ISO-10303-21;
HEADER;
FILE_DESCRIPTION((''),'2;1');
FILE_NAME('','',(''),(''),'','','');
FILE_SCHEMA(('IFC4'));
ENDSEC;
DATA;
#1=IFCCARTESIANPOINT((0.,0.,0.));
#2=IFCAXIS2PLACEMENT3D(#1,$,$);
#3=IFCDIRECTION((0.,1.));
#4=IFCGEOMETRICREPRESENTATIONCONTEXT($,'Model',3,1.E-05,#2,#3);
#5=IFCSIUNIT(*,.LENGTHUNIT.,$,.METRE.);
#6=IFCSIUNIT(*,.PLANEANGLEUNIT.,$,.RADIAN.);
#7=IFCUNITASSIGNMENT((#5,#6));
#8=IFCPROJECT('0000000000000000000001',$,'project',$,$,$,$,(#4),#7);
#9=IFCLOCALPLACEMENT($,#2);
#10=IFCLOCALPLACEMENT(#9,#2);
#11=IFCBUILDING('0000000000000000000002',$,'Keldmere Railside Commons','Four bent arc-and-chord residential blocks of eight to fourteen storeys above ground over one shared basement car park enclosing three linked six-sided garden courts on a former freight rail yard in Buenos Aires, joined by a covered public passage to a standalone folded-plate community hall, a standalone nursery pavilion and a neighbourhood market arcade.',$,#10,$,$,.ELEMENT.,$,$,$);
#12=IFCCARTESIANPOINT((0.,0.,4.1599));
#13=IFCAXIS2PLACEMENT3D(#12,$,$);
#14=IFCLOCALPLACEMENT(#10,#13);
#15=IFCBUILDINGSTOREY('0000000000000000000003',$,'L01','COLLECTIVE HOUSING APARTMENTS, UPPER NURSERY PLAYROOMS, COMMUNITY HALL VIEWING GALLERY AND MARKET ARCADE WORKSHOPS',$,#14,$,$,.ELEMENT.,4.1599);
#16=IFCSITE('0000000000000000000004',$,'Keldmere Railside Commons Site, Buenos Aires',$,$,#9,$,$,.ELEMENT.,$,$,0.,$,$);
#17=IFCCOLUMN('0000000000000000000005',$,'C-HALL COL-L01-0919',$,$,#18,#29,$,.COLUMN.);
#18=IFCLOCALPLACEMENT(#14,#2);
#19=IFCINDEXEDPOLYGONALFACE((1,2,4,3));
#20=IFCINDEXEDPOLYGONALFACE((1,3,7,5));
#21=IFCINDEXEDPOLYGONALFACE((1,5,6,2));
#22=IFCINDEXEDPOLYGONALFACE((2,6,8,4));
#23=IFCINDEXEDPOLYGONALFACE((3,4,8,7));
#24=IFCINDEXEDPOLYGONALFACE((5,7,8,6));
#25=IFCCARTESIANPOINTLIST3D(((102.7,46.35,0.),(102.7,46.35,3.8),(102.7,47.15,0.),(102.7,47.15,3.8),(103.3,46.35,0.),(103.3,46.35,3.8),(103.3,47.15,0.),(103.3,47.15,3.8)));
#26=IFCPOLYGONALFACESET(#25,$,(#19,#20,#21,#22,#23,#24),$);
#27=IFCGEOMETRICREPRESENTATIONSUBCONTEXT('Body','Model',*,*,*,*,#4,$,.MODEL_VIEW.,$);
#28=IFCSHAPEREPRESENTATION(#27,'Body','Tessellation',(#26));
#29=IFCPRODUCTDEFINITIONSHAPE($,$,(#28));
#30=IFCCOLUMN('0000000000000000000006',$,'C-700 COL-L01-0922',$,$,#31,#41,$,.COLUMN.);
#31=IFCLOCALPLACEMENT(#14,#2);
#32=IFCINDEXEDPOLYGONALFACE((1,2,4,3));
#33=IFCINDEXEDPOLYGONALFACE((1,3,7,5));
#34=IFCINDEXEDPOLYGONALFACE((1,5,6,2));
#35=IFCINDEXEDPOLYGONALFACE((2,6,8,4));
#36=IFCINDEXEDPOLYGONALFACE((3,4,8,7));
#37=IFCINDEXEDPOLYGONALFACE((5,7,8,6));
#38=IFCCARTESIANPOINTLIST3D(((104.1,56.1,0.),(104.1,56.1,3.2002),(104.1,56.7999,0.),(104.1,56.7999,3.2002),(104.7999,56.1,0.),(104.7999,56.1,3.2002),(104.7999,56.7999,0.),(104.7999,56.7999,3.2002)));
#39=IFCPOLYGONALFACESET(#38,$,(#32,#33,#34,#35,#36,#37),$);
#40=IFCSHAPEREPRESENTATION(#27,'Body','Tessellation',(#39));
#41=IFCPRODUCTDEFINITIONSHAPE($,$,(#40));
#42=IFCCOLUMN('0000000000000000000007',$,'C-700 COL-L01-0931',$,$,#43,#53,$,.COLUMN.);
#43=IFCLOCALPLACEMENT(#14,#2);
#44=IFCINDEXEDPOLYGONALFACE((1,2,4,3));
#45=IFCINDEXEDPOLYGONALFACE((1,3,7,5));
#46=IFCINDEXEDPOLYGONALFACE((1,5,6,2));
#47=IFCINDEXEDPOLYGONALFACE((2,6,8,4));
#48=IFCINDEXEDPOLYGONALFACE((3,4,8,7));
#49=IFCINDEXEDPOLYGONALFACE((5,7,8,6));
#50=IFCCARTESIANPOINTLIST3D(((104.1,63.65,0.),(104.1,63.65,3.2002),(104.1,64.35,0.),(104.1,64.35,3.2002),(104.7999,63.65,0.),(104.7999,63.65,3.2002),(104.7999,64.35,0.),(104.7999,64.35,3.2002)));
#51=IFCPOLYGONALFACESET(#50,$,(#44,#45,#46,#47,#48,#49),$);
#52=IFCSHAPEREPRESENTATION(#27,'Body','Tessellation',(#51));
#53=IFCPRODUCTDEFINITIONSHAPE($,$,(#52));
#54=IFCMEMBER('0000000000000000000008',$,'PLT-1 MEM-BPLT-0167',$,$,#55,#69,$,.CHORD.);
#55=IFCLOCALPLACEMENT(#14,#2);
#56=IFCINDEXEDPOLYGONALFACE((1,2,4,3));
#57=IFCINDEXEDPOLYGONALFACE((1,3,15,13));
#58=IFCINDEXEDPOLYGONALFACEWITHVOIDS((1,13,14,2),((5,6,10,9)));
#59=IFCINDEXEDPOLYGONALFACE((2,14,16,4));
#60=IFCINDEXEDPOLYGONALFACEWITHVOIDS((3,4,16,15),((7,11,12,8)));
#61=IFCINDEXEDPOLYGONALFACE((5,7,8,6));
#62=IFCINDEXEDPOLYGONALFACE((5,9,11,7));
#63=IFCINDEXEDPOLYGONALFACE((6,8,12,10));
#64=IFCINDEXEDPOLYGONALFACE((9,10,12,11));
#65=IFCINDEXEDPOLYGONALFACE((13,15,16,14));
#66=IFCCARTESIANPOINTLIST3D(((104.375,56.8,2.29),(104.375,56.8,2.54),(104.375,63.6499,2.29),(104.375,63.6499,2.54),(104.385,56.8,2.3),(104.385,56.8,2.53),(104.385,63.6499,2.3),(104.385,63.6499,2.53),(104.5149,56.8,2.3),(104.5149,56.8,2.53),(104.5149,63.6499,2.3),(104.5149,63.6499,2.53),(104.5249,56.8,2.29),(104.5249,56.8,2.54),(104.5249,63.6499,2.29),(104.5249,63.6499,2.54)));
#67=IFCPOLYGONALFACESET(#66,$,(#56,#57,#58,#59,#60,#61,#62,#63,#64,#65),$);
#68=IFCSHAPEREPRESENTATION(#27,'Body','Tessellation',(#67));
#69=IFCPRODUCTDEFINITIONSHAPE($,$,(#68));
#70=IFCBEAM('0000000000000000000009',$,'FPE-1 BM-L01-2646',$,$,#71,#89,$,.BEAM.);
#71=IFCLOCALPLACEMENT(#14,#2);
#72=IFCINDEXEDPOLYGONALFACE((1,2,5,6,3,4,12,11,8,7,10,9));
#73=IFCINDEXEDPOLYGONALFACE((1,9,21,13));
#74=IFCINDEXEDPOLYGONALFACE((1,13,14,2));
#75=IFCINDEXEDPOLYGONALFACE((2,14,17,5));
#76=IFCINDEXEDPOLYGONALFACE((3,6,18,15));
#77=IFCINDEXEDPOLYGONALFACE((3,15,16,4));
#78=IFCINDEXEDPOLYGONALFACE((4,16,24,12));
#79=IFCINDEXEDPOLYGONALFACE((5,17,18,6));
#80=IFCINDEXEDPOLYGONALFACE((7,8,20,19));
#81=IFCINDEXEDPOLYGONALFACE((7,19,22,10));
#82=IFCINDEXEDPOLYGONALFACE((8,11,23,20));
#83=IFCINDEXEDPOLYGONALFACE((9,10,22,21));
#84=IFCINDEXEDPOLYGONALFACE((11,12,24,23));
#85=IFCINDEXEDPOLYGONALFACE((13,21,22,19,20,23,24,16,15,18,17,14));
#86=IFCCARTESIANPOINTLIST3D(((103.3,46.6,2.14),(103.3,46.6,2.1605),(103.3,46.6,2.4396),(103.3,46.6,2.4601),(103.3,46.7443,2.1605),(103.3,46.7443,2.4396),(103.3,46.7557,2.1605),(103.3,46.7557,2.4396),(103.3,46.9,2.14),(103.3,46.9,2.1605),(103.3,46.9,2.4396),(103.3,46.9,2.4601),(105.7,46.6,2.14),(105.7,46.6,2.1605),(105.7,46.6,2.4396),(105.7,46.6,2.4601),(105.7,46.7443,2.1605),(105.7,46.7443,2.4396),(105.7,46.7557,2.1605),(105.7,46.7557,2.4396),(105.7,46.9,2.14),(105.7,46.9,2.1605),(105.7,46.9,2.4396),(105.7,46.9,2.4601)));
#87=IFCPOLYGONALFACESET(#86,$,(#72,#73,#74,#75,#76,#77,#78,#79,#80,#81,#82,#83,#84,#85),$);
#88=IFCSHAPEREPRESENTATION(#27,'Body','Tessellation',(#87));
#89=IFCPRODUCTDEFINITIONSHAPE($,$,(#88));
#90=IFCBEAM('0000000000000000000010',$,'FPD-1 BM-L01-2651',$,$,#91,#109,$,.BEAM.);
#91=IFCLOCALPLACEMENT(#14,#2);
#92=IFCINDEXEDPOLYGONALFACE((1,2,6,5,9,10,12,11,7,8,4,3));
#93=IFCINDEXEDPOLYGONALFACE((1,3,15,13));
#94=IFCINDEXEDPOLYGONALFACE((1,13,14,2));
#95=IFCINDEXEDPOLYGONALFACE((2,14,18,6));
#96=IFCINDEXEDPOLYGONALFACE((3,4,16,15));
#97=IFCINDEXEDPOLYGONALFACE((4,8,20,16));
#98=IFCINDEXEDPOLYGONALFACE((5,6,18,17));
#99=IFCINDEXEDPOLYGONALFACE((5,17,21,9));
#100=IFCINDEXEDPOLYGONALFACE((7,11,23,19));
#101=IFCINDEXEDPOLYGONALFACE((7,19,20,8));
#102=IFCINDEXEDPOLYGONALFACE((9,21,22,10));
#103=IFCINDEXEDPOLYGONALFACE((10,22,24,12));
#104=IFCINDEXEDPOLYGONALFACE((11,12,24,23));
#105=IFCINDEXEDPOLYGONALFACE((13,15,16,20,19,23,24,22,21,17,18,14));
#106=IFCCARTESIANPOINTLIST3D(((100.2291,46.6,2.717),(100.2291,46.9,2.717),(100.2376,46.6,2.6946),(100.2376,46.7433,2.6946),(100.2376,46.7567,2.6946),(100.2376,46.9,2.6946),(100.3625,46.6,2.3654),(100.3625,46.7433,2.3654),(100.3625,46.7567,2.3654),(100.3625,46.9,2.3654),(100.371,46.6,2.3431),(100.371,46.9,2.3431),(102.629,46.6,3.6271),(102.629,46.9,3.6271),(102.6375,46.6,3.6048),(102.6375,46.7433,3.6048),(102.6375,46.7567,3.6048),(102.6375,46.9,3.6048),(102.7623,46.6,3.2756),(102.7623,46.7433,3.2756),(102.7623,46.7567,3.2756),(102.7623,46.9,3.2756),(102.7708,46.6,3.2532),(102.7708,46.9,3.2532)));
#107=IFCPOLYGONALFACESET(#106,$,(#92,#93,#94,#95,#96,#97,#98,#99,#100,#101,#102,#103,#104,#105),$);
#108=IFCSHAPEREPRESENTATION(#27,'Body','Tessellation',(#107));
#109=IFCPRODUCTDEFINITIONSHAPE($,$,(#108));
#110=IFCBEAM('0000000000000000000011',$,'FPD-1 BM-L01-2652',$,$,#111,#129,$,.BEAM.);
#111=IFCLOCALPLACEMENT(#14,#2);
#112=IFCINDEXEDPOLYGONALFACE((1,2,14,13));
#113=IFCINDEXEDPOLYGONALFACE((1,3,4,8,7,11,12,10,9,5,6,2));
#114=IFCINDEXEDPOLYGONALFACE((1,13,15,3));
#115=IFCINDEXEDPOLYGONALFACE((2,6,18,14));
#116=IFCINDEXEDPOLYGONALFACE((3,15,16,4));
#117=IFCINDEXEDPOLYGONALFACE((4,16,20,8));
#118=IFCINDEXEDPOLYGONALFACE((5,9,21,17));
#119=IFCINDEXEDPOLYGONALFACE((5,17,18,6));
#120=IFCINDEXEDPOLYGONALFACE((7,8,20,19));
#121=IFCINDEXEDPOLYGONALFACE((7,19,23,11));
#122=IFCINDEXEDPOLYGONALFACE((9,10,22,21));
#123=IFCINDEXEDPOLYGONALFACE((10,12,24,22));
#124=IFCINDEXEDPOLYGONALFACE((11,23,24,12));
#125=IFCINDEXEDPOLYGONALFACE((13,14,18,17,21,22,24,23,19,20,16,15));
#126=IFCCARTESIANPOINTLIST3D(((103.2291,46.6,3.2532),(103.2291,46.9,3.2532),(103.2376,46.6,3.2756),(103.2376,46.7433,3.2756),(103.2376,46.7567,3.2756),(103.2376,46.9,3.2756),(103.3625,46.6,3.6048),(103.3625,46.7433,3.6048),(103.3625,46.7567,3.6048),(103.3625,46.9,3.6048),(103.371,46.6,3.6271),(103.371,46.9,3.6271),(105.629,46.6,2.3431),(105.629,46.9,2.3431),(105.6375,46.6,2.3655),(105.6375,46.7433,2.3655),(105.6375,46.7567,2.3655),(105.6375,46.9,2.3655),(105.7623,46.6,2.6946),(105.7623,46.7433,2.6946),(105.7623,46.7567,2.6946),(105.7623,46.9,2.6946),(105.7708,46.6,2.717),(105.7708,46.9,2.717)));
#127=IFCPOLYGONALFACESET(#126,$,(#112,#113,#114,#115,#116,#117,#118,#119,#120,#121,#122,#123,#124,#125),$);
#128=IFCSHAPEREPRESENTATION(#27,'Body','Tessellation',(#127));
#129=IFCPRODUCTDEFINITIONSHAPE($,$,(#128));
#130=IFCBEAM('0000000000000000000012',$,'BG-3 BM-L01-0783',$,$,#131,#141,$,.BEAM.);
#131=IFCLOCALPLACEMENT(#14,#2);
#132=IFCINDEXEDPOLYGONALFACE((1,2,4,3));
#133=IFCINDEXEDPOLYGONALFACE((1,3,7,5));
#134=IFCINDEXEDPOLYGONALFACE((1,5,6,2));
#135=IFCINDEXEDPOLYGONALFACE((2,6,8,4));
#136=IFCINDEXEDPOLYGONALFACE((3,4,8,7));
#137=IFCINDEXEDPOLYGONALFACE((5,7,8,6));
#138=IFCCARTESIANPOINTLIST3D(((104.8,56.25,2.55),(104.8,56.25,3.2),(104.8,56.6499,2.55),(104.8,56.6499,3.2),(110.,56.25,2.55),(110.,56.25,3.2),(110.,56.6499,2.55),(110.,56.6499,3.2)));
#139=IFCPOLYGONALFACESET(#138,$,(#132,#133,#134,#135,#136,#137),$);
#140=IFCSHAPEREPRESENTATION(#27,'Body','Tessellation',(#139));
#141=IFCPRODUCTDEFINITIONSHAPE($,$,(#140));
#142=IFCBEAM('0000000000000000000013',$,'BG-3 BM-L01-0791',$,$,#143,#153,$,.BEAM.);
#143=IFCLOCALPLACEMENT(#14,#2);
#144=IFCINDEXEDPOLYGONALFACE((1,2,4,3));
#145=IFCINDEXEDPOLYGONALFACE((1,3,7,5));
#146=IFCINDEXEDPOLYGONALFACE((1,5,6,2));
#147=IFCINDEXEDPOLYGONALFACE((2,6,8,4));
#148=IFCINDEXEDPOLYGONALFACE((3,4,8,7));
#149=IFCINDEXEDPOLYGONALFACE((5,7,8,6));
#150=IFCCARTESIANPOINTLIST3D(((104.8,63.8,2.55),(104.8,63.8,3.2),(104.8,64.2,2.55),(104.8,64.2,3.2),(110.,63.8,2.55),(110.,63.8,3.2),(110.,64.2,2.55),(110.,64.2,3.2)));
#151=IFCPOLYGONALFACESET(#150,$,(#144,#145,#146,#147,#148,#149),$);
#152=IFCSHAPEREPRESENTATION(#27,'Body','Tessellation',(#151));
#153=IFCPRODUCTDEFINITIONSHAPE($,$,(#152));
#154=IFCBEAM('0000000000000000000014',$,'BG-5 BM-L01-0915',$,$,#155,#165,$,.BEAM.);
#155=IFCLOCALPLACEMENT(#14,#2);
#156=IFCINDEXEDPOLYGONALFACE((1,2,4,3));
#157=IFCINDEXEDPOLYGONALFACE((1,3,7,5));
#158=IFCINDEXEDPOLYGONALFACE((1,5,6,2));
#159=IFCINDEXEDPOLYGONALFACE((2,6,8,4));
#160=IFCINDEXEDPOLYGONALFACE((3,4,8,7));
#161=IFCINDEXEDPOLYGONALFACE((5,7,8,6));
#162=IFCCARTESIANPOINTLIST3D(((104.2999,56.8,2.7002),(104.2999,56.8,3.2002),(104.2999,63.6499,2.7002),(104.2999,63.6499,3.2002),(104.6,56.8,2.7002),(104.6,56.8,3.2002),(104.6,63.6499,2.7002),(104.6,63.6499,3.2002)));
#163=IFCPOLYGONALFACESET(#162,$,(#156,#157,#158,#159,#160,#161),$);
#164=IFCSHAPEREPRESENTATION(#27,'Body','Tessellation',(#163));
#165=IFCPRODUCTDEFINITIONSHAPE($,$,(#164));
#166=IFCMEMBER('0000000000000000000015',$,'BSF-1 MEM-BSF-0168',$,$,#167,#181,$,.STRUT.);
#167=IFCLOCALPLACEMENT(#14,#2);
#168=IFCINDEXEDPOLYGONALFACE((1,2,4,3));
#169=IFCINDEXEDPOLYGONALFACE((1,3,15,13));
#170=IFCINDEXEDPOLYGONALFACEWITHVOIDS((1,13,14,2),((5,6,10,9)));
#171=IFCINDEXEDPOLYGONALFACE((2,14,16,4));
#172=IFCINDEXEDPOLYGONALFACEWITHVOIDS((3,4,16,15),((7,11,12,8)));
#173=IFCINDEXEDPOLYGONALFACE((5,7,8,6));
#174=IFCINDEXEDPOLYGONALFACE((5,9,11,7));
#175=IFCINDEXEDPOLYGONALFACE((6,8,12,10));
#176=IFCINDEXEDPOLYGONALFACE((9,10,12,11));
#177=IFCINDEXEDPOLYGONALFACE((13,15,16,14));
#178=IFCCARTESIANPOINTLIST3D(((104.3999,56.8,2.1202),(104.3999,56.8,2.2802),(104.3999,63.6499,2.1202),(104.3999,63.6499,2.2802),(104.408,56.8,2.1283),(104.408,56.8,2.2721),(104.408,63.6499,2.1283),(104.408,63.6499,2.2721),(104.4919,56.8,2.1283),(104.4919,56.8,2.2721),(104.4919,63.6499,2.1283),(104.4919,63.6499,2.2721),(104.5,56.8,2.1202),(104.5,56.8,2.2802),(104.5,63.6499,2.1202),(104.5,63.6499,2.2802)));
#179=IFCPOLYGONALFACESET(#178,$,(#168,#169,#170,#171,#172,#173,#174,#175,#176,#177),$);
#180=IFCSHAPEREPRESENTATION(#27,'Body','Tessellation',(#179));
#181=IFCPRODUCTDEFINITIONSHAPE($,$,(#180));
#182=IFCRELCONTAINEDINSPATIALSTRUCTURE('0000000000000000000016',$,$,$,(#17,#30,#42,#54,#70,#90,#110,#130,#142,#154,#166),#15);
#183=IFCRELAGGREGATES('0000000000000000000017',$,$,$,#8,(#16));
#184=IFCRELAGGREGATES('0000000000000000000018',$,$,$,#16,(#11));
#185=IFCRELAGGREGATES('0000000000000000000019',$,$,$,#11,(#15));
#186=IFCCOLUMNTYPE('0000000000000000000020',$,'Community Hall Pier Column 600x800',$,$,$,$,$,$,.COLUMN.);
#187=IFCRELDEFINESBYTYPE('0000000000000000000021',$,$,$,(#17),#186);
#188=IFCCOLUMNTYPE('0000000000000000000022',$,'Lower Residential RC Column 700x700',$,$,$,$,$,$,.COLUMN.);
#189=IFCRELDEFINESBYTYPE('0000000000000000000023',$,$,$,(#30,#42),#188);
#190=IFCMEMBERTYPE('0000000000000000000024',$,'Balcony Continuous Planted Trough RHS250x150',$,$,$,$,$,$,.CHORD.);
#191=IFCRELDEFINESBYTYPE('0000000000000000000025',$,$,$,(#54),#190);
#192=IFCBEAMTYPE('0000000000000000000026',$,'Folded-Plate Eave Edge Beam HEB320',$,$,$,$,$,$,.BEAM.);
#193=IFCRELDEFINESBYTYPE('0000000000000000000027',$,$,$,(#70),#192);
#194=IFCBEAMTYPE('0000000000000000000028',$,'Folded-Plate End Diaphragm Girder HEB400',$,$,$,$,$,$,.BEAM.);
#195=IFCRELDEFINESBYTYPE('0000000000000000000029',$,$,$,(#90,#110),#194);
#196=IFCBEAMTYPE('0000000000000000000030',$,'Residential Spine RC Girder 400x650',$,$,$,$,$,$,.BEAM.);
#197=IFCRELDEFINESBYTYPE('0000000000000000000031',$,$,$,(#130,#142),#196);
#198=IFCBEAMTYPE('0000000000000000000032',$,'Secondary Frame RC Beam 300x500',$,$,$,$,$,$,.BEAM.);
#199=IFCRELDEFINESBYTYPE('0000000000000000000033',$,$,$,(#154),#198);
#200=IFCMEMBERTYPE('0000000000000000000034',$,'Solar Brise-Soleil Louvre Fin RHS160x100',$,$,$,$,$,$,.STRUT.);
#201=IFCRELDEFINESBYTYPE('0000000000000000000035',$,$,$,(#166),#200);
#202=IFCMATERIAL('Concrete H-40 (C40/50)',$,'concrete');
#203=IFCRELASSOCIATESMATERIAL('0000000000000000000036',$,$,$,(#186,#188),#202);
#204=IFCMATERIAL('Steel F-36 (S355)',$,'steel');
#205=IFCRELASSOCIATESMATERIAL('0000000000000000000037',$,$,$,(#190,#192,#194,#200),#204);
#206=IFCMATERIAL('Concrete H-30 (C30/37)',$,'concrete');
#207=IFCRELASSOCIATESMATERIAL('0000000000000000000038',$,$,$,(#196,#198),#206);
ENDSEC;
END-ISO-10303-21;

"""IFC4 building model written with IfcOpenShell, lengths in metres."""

from ifc_helpers import new_model, si_unit, direction, frame, origin, origin_2d, place, context, subcontext, project, spatial, rectangle, hollow_rectangle, i_section, extrude, material, material_profile, profile_set, type_object, element, save


model = new_model("IFC4")

# Units and contexts
model_context = context("Model", 3, precision=1e-05, world=origin(), true_north=direction((0.0, 1.0)))
body_context = subcontext(model_context, "Body", "Model", "MODEL_VIEW")
ifc_project = project(units=[si_unit("LENGTHUNIT", "METRE"), si_unit("PLANEANGLEUNIT", "RADIAN")], contexts=[model_context])

# Site, building, storey
site_placement = place(None, origin())
site = spatial("IfcSite", under=ifc_project, at=site_placement, Name="Keldmere Railside Commons Site, Buenos Aires", CompositionType="ELEMENT", RefElevation=0.0)
building_placement = place(site_placement, origin())
building = spatial("IfcBuilding", under=site, at=building_placement, Name="Keldmere Railside Commons", Description="Four bent arc-and-chord residential blocks of eight to fourteen storeys above ground over one shared basement car park enclosing three linked six-sided garden courts on a former freight rail yard in Buenos Aires, joined by a covered public passage to a standalone folded-plate community hall, a standalone nursery pavilion and a neighbourhood market arcade.", CompositionType="ELEMENT")
storey_placement = place(building_placement, frame((0.0, 0.0, 4.1599)))
storey = spatial("IfcBuildingStorey", under=building, at=storey_placement, Name="L01", Description="COLLECTIVE HOUSING APARTMENTS, UPPER NURSERY PLAYROOMS, COMMUNITY HALL VIEWING GALLERY AND MARKET ARCADE WORKSHOPS", CompositionType="ELEMENT", Elevation=4.1599)

# Columns
ifc_material_1 = material(Name="Concrete H-40 (C40/50)", Category="concrete")
ifc_material_profile_1 = material_profile(ifc_material_1, rectangle(XDim=0.6001, YDim=0.8, at=origin_2d()), Name="RC-600x800")
ifc_profile_set_1 = profile_set([ifc_material_profile_1], Name="Concrete H-40 (C40/50)")
column_type_1 = type_object("IfcColumnType", Name="Community Hall Pier Column 600x800", PredefinedType="COLUMN", material=ifc_profile_set_1)
column_placement = place(storey_placement, frame((103.0, 46.75, 0.0), z_axis=(0.0, 0.0, 1.0), x_axis=(1.0, 0.0, 0.0)))
element("IfcColumn", 1, at=column_placement, inside=storey, type_object=column_type_1, Name="C-HALL COL-L01-0919", PredefinedType="COLUMN", context=body_context, shape_type="SweptSolid", body=[
    extrude(rectangle(XDim=0.6001, YDim=0.8, at=origin_2d()), origin(), (0.0, 0.0, 1.0), 3.8),
])
ifc_material_profile_2 = material_profile(ifc_material_1, rectangle(XDim=0.7, YDim=0.7, at=origin_2d()), Name="RC-700x700")
ifc_profile_set_2 = profile_set([ifc_material_profile_2], Name="Concrete H-40 (C40/50)")
column_type_2 = type_object("IfcColumnType", Name="Lower Residential RC Column 700x700", PredefinedType="COLUMN", material=ifc_profile_set_2)
for number, where, z_axis, x_axis, name in (
    (2, (104.45, 56.45, 0.0), (0.0, 0.0, 1.0), (1.0, 0.0, 0.0), "C-700 COL-L01-0922"),
    (3, (104.45, 64.0, 0.0), (0.0, 0.0, 1.0), (1.0, 0.0, 0.0), "C-700 COL-L01-0931"),
):
    element("IfcColumn", number, at=place(storey_placement, frame(where, z_axis=z_axis, x_axis=x_axis)), inside=storey, type_object=column_type_2, Name=name, PredefinedType="COLUMN", context=body_context, shape_type="SweptSolid", body=[
        extrude(rectangle(XDim=0.7, YDim=0.7, at=origin_2d()), origin(), (0.0, 0.0, 1.0), 3.2002),
    ])

# Member
ifc_material_2 = material(Name="Steel F-36 (S355)", Category="steel")
ifc_material_profile_3 = material_profile(ifc_material_2, hollow_rectangle(XDim=0.1499, YDim=0.25, WallThickness=0.01, at=origin_2d()), Name="RHS-250x150x10")
ifc_profile_set_3 = profile_set([ifc_material_profile_3], Name="Steel F-36 (S355)")
member_type_1 = type_object("IfcMemberType", Name="Balcony Continuous Planted Trough RHS250x150", PredefinedType="CHORD", material=ifc_profile_set_3)
member_1_placement = place(storey_placement, frame((104.45, 56.8, 2.415), z_axis=(0.0, 1.0, 0.0), x_axis=(-1.0, 0.0, 0.0)))
element("IfcMember", 4, at=member_1_placement, inside=storey, type_object=member_type_1, Name="PLT-1 MEM-BPLT-0167", PredefinedType="CHORD", context=body_context, shape_type="SweptSolid", body=[
    extrude(hollow_rectangle(XDim=0.1499, YDim=0.25, WallThickness=0.01, at=origin_2d()), origin(), (0.0, 0.0, 1.0), 6.8499),
])

# Beams
ifc_material_profile_4 = material_profile(ifc_material_2, i_section(OverallWidth=0.3, OverallDepth=0.3201, WebThickness=0.0115, FlangeThickness=0.0205, at=origin_2d()), Name="HEB-320")
ifc_profile_set_4 = profile_set([ifc_material_profile_4], Name="Steel F-36 (S355)")
beam_type_1 = type_object("IfcBeamType", Name="Folded-Plate Eave Edge Beam HEB320", PredefinedType="BEAM", material=ifc_profile_set_4)
beam_1_placement = place(storey_placement, frame((103.3, 46.75, 2.3), z_axis=(1.0, 0.0, 0.0), x_axis=(0.0, 1.0, 0.0)))
element("IfcBeam", 5, at=beam_1_placement, inside=storey, type_object=beam_type_1, Name="FPE-1 BM-L01-2646", PredefinedType="BEAM", context=body_context, shape_type="SweptSolid", body=[
    extrude(i_section(OverallWidth=0.3, OverallDepth=0.3201, WebThickness=0.0115, FlangeThickness=0.0205, at=origin_2d()), origin(), (0.0, 0.0, 1.0), 2.3999),
])
ifc_material_profile_5 = material_profile(ifc_material_2, i_section(OverallWidth=0.3, OverallDepth=0.3999, WebThickness=0.0134, FlangeThickness=0.0239, at=origin_2d()), Name="HEB-400")
ifc_profile_set_5 = profile_set([ifc_material_profile_5], Name="Steel F-36 (S355)")
beam_type_2 = type_object("IfcBeamType", Name="Folded-Plate End Diaphragm Girder HEB400", PredefinedType="BEAM", material=ifc_profile_set_5)
for number, where, z_axis, x_axis, name in (
    (6, (100.3, 46.75, 2.53), (0.935017, 0.0, 0.354603), (0.0, 1.0, 0.0), "FPD-1 BM-L01-2651"),
    (7, (103.3, 46.75, 3.4402), (0.935017, 0.0, -0.354603), (0.0, 1.0, 0.0), "FPD-1 BM-L01-2652"),
):
    element("IfcBeam", number, at=place(storey_placement, frame(where, z_axis=z_axis, x_axis=x_axis)), inside=storey, type_object=beam_type_2, Name=name, PredefinedType="BEAM", context=body_context, shape_type="SweptSolid", body=[
        extrude(i_section(OverallWidth=0.3, OverallDepth=0.3999, WebThickness=0.0134, FlangeThickness=0.0239, at=origin_2d()), origin(), (0.0, 0.0, 1.0), 2.5667),
    ])
ifc_material_3 = material(Name="Concrete H-30 (C30/37)", Category="concrete")
ifc_material_profile_6 = material_profile(ifc_material_3, rectangle(XDim=0.3999, YDim=0.6499, at=origin_2d()), Name="RC-400x650")
ifc_profile_set_6 = profile_set([ifc_material_profile_6], Name="Concrete H-30 (C30/37)")
beam_type_3 = type_object("IfcBeamType", Name="Residential Spine RC Girder 400x650", PredefinedType="BEAM", material=ifc_profile_set_6)
for number, where, z_axis, x_axis, name in (
    (8, (104.8, 56.45, 2.875), (1.0, 0.0, 0.0), (0.0, 1.0, 0.0), "BG-3 BM-L01-0783"),
    (9, (104.8, 64.0, 2.875), (1.0, 0.0, 0.0), (0.0, 1.0, 0.0), "BG-3 BM-L01-0791"),
):
    element("IfcBeam", number, at=place(storey_placement, frame(where, z_axis=z_axis, x_axis=x_axis)), inside=storey, type_object=beam_type_3, Name=name, PredefinedType="BEAM", context=body_context, shape_type="SweptSolid", body=[
        extrude(rectangle(XDim=0.3999, YDim=0.6499, at=origin_2d()), origin(), (0.0, 0.0, 1.0), 5.2),
    ])
ifc_material_profile_7 = material_profile(ifc_material_3, rectangle(XDim=0.3, YDim=0.5, at=origin_2d()), Name="RC-300x500")
ifc_profile_set_7 = profile_set([ifc_material_profile_7], Name="Concrete H-30 (C30/37)")
beam_type_4 = type_object("IfcBeamType", Name="Secondary Frame RC Beam 300x500", PredefinedType="BEAM", material=ifc_profile_set_7)
beam_2_placement = place(storey_placement, frame((104.45, 56.8, 2.9502), z_axis=(0.0, 1.0, 0.0), x_axis=(-1.0, 0.0, 0.0)))
element("IfcBeam", 10, at=beam_2_placement, inside=storey, type_object=beam_type_4, Name="BG-5 BM-L01-0915", PredefinedType="BEAM", context=body_context, shape_type="SweptSolid", body=[
    extrude(rectangle(XDim=0.3, YDim=0.5, at=origin_2d()), origin(), (0.0, 0.0, 1.0), 6.8499),
])

# Member
ifc_material_profile_8 = material_profile(ifc_material_2, hollow_rectangle(XDim=0.1001, YDim=0.1599, WallThickness=0.0081, at=origin_2d()), Name="RHS-160x100x8")
ifc_profile_set_8 = profile_set([ifc_material_profile_8], Name="Steel F-36 (S355)")
member_type_2 = type_object("IfcMemberType", Name="Solar Brise-Soleil Louvre Fin RHS160x100", PredefinedType="STRUT", material=ifc_profile_set_8)
member_2_placement = place(storey_placement, frame((104.45, 56.8, 2.2002), z_axis=(0.0, 1.0, 0.0), x_axis=(-1.0, 0.0, 0.0)))
element("IfcMember", 11, at=member_2_placement, inside=storey, type_object=member_type_2, Name="BSF-1 MEM-BSF-0168", PredefinedType="STRUT", context=body_context, shape_type="SweptSolid", body=[
    extrude(hollow_rectangle(XDim=0.1001, YDim=0.1599, WallThickness=0.0081, at=origin_2d()), origin(), (0.0, 0.0, 1.0), 6.8499),
])

save(model, "model.ifc")
